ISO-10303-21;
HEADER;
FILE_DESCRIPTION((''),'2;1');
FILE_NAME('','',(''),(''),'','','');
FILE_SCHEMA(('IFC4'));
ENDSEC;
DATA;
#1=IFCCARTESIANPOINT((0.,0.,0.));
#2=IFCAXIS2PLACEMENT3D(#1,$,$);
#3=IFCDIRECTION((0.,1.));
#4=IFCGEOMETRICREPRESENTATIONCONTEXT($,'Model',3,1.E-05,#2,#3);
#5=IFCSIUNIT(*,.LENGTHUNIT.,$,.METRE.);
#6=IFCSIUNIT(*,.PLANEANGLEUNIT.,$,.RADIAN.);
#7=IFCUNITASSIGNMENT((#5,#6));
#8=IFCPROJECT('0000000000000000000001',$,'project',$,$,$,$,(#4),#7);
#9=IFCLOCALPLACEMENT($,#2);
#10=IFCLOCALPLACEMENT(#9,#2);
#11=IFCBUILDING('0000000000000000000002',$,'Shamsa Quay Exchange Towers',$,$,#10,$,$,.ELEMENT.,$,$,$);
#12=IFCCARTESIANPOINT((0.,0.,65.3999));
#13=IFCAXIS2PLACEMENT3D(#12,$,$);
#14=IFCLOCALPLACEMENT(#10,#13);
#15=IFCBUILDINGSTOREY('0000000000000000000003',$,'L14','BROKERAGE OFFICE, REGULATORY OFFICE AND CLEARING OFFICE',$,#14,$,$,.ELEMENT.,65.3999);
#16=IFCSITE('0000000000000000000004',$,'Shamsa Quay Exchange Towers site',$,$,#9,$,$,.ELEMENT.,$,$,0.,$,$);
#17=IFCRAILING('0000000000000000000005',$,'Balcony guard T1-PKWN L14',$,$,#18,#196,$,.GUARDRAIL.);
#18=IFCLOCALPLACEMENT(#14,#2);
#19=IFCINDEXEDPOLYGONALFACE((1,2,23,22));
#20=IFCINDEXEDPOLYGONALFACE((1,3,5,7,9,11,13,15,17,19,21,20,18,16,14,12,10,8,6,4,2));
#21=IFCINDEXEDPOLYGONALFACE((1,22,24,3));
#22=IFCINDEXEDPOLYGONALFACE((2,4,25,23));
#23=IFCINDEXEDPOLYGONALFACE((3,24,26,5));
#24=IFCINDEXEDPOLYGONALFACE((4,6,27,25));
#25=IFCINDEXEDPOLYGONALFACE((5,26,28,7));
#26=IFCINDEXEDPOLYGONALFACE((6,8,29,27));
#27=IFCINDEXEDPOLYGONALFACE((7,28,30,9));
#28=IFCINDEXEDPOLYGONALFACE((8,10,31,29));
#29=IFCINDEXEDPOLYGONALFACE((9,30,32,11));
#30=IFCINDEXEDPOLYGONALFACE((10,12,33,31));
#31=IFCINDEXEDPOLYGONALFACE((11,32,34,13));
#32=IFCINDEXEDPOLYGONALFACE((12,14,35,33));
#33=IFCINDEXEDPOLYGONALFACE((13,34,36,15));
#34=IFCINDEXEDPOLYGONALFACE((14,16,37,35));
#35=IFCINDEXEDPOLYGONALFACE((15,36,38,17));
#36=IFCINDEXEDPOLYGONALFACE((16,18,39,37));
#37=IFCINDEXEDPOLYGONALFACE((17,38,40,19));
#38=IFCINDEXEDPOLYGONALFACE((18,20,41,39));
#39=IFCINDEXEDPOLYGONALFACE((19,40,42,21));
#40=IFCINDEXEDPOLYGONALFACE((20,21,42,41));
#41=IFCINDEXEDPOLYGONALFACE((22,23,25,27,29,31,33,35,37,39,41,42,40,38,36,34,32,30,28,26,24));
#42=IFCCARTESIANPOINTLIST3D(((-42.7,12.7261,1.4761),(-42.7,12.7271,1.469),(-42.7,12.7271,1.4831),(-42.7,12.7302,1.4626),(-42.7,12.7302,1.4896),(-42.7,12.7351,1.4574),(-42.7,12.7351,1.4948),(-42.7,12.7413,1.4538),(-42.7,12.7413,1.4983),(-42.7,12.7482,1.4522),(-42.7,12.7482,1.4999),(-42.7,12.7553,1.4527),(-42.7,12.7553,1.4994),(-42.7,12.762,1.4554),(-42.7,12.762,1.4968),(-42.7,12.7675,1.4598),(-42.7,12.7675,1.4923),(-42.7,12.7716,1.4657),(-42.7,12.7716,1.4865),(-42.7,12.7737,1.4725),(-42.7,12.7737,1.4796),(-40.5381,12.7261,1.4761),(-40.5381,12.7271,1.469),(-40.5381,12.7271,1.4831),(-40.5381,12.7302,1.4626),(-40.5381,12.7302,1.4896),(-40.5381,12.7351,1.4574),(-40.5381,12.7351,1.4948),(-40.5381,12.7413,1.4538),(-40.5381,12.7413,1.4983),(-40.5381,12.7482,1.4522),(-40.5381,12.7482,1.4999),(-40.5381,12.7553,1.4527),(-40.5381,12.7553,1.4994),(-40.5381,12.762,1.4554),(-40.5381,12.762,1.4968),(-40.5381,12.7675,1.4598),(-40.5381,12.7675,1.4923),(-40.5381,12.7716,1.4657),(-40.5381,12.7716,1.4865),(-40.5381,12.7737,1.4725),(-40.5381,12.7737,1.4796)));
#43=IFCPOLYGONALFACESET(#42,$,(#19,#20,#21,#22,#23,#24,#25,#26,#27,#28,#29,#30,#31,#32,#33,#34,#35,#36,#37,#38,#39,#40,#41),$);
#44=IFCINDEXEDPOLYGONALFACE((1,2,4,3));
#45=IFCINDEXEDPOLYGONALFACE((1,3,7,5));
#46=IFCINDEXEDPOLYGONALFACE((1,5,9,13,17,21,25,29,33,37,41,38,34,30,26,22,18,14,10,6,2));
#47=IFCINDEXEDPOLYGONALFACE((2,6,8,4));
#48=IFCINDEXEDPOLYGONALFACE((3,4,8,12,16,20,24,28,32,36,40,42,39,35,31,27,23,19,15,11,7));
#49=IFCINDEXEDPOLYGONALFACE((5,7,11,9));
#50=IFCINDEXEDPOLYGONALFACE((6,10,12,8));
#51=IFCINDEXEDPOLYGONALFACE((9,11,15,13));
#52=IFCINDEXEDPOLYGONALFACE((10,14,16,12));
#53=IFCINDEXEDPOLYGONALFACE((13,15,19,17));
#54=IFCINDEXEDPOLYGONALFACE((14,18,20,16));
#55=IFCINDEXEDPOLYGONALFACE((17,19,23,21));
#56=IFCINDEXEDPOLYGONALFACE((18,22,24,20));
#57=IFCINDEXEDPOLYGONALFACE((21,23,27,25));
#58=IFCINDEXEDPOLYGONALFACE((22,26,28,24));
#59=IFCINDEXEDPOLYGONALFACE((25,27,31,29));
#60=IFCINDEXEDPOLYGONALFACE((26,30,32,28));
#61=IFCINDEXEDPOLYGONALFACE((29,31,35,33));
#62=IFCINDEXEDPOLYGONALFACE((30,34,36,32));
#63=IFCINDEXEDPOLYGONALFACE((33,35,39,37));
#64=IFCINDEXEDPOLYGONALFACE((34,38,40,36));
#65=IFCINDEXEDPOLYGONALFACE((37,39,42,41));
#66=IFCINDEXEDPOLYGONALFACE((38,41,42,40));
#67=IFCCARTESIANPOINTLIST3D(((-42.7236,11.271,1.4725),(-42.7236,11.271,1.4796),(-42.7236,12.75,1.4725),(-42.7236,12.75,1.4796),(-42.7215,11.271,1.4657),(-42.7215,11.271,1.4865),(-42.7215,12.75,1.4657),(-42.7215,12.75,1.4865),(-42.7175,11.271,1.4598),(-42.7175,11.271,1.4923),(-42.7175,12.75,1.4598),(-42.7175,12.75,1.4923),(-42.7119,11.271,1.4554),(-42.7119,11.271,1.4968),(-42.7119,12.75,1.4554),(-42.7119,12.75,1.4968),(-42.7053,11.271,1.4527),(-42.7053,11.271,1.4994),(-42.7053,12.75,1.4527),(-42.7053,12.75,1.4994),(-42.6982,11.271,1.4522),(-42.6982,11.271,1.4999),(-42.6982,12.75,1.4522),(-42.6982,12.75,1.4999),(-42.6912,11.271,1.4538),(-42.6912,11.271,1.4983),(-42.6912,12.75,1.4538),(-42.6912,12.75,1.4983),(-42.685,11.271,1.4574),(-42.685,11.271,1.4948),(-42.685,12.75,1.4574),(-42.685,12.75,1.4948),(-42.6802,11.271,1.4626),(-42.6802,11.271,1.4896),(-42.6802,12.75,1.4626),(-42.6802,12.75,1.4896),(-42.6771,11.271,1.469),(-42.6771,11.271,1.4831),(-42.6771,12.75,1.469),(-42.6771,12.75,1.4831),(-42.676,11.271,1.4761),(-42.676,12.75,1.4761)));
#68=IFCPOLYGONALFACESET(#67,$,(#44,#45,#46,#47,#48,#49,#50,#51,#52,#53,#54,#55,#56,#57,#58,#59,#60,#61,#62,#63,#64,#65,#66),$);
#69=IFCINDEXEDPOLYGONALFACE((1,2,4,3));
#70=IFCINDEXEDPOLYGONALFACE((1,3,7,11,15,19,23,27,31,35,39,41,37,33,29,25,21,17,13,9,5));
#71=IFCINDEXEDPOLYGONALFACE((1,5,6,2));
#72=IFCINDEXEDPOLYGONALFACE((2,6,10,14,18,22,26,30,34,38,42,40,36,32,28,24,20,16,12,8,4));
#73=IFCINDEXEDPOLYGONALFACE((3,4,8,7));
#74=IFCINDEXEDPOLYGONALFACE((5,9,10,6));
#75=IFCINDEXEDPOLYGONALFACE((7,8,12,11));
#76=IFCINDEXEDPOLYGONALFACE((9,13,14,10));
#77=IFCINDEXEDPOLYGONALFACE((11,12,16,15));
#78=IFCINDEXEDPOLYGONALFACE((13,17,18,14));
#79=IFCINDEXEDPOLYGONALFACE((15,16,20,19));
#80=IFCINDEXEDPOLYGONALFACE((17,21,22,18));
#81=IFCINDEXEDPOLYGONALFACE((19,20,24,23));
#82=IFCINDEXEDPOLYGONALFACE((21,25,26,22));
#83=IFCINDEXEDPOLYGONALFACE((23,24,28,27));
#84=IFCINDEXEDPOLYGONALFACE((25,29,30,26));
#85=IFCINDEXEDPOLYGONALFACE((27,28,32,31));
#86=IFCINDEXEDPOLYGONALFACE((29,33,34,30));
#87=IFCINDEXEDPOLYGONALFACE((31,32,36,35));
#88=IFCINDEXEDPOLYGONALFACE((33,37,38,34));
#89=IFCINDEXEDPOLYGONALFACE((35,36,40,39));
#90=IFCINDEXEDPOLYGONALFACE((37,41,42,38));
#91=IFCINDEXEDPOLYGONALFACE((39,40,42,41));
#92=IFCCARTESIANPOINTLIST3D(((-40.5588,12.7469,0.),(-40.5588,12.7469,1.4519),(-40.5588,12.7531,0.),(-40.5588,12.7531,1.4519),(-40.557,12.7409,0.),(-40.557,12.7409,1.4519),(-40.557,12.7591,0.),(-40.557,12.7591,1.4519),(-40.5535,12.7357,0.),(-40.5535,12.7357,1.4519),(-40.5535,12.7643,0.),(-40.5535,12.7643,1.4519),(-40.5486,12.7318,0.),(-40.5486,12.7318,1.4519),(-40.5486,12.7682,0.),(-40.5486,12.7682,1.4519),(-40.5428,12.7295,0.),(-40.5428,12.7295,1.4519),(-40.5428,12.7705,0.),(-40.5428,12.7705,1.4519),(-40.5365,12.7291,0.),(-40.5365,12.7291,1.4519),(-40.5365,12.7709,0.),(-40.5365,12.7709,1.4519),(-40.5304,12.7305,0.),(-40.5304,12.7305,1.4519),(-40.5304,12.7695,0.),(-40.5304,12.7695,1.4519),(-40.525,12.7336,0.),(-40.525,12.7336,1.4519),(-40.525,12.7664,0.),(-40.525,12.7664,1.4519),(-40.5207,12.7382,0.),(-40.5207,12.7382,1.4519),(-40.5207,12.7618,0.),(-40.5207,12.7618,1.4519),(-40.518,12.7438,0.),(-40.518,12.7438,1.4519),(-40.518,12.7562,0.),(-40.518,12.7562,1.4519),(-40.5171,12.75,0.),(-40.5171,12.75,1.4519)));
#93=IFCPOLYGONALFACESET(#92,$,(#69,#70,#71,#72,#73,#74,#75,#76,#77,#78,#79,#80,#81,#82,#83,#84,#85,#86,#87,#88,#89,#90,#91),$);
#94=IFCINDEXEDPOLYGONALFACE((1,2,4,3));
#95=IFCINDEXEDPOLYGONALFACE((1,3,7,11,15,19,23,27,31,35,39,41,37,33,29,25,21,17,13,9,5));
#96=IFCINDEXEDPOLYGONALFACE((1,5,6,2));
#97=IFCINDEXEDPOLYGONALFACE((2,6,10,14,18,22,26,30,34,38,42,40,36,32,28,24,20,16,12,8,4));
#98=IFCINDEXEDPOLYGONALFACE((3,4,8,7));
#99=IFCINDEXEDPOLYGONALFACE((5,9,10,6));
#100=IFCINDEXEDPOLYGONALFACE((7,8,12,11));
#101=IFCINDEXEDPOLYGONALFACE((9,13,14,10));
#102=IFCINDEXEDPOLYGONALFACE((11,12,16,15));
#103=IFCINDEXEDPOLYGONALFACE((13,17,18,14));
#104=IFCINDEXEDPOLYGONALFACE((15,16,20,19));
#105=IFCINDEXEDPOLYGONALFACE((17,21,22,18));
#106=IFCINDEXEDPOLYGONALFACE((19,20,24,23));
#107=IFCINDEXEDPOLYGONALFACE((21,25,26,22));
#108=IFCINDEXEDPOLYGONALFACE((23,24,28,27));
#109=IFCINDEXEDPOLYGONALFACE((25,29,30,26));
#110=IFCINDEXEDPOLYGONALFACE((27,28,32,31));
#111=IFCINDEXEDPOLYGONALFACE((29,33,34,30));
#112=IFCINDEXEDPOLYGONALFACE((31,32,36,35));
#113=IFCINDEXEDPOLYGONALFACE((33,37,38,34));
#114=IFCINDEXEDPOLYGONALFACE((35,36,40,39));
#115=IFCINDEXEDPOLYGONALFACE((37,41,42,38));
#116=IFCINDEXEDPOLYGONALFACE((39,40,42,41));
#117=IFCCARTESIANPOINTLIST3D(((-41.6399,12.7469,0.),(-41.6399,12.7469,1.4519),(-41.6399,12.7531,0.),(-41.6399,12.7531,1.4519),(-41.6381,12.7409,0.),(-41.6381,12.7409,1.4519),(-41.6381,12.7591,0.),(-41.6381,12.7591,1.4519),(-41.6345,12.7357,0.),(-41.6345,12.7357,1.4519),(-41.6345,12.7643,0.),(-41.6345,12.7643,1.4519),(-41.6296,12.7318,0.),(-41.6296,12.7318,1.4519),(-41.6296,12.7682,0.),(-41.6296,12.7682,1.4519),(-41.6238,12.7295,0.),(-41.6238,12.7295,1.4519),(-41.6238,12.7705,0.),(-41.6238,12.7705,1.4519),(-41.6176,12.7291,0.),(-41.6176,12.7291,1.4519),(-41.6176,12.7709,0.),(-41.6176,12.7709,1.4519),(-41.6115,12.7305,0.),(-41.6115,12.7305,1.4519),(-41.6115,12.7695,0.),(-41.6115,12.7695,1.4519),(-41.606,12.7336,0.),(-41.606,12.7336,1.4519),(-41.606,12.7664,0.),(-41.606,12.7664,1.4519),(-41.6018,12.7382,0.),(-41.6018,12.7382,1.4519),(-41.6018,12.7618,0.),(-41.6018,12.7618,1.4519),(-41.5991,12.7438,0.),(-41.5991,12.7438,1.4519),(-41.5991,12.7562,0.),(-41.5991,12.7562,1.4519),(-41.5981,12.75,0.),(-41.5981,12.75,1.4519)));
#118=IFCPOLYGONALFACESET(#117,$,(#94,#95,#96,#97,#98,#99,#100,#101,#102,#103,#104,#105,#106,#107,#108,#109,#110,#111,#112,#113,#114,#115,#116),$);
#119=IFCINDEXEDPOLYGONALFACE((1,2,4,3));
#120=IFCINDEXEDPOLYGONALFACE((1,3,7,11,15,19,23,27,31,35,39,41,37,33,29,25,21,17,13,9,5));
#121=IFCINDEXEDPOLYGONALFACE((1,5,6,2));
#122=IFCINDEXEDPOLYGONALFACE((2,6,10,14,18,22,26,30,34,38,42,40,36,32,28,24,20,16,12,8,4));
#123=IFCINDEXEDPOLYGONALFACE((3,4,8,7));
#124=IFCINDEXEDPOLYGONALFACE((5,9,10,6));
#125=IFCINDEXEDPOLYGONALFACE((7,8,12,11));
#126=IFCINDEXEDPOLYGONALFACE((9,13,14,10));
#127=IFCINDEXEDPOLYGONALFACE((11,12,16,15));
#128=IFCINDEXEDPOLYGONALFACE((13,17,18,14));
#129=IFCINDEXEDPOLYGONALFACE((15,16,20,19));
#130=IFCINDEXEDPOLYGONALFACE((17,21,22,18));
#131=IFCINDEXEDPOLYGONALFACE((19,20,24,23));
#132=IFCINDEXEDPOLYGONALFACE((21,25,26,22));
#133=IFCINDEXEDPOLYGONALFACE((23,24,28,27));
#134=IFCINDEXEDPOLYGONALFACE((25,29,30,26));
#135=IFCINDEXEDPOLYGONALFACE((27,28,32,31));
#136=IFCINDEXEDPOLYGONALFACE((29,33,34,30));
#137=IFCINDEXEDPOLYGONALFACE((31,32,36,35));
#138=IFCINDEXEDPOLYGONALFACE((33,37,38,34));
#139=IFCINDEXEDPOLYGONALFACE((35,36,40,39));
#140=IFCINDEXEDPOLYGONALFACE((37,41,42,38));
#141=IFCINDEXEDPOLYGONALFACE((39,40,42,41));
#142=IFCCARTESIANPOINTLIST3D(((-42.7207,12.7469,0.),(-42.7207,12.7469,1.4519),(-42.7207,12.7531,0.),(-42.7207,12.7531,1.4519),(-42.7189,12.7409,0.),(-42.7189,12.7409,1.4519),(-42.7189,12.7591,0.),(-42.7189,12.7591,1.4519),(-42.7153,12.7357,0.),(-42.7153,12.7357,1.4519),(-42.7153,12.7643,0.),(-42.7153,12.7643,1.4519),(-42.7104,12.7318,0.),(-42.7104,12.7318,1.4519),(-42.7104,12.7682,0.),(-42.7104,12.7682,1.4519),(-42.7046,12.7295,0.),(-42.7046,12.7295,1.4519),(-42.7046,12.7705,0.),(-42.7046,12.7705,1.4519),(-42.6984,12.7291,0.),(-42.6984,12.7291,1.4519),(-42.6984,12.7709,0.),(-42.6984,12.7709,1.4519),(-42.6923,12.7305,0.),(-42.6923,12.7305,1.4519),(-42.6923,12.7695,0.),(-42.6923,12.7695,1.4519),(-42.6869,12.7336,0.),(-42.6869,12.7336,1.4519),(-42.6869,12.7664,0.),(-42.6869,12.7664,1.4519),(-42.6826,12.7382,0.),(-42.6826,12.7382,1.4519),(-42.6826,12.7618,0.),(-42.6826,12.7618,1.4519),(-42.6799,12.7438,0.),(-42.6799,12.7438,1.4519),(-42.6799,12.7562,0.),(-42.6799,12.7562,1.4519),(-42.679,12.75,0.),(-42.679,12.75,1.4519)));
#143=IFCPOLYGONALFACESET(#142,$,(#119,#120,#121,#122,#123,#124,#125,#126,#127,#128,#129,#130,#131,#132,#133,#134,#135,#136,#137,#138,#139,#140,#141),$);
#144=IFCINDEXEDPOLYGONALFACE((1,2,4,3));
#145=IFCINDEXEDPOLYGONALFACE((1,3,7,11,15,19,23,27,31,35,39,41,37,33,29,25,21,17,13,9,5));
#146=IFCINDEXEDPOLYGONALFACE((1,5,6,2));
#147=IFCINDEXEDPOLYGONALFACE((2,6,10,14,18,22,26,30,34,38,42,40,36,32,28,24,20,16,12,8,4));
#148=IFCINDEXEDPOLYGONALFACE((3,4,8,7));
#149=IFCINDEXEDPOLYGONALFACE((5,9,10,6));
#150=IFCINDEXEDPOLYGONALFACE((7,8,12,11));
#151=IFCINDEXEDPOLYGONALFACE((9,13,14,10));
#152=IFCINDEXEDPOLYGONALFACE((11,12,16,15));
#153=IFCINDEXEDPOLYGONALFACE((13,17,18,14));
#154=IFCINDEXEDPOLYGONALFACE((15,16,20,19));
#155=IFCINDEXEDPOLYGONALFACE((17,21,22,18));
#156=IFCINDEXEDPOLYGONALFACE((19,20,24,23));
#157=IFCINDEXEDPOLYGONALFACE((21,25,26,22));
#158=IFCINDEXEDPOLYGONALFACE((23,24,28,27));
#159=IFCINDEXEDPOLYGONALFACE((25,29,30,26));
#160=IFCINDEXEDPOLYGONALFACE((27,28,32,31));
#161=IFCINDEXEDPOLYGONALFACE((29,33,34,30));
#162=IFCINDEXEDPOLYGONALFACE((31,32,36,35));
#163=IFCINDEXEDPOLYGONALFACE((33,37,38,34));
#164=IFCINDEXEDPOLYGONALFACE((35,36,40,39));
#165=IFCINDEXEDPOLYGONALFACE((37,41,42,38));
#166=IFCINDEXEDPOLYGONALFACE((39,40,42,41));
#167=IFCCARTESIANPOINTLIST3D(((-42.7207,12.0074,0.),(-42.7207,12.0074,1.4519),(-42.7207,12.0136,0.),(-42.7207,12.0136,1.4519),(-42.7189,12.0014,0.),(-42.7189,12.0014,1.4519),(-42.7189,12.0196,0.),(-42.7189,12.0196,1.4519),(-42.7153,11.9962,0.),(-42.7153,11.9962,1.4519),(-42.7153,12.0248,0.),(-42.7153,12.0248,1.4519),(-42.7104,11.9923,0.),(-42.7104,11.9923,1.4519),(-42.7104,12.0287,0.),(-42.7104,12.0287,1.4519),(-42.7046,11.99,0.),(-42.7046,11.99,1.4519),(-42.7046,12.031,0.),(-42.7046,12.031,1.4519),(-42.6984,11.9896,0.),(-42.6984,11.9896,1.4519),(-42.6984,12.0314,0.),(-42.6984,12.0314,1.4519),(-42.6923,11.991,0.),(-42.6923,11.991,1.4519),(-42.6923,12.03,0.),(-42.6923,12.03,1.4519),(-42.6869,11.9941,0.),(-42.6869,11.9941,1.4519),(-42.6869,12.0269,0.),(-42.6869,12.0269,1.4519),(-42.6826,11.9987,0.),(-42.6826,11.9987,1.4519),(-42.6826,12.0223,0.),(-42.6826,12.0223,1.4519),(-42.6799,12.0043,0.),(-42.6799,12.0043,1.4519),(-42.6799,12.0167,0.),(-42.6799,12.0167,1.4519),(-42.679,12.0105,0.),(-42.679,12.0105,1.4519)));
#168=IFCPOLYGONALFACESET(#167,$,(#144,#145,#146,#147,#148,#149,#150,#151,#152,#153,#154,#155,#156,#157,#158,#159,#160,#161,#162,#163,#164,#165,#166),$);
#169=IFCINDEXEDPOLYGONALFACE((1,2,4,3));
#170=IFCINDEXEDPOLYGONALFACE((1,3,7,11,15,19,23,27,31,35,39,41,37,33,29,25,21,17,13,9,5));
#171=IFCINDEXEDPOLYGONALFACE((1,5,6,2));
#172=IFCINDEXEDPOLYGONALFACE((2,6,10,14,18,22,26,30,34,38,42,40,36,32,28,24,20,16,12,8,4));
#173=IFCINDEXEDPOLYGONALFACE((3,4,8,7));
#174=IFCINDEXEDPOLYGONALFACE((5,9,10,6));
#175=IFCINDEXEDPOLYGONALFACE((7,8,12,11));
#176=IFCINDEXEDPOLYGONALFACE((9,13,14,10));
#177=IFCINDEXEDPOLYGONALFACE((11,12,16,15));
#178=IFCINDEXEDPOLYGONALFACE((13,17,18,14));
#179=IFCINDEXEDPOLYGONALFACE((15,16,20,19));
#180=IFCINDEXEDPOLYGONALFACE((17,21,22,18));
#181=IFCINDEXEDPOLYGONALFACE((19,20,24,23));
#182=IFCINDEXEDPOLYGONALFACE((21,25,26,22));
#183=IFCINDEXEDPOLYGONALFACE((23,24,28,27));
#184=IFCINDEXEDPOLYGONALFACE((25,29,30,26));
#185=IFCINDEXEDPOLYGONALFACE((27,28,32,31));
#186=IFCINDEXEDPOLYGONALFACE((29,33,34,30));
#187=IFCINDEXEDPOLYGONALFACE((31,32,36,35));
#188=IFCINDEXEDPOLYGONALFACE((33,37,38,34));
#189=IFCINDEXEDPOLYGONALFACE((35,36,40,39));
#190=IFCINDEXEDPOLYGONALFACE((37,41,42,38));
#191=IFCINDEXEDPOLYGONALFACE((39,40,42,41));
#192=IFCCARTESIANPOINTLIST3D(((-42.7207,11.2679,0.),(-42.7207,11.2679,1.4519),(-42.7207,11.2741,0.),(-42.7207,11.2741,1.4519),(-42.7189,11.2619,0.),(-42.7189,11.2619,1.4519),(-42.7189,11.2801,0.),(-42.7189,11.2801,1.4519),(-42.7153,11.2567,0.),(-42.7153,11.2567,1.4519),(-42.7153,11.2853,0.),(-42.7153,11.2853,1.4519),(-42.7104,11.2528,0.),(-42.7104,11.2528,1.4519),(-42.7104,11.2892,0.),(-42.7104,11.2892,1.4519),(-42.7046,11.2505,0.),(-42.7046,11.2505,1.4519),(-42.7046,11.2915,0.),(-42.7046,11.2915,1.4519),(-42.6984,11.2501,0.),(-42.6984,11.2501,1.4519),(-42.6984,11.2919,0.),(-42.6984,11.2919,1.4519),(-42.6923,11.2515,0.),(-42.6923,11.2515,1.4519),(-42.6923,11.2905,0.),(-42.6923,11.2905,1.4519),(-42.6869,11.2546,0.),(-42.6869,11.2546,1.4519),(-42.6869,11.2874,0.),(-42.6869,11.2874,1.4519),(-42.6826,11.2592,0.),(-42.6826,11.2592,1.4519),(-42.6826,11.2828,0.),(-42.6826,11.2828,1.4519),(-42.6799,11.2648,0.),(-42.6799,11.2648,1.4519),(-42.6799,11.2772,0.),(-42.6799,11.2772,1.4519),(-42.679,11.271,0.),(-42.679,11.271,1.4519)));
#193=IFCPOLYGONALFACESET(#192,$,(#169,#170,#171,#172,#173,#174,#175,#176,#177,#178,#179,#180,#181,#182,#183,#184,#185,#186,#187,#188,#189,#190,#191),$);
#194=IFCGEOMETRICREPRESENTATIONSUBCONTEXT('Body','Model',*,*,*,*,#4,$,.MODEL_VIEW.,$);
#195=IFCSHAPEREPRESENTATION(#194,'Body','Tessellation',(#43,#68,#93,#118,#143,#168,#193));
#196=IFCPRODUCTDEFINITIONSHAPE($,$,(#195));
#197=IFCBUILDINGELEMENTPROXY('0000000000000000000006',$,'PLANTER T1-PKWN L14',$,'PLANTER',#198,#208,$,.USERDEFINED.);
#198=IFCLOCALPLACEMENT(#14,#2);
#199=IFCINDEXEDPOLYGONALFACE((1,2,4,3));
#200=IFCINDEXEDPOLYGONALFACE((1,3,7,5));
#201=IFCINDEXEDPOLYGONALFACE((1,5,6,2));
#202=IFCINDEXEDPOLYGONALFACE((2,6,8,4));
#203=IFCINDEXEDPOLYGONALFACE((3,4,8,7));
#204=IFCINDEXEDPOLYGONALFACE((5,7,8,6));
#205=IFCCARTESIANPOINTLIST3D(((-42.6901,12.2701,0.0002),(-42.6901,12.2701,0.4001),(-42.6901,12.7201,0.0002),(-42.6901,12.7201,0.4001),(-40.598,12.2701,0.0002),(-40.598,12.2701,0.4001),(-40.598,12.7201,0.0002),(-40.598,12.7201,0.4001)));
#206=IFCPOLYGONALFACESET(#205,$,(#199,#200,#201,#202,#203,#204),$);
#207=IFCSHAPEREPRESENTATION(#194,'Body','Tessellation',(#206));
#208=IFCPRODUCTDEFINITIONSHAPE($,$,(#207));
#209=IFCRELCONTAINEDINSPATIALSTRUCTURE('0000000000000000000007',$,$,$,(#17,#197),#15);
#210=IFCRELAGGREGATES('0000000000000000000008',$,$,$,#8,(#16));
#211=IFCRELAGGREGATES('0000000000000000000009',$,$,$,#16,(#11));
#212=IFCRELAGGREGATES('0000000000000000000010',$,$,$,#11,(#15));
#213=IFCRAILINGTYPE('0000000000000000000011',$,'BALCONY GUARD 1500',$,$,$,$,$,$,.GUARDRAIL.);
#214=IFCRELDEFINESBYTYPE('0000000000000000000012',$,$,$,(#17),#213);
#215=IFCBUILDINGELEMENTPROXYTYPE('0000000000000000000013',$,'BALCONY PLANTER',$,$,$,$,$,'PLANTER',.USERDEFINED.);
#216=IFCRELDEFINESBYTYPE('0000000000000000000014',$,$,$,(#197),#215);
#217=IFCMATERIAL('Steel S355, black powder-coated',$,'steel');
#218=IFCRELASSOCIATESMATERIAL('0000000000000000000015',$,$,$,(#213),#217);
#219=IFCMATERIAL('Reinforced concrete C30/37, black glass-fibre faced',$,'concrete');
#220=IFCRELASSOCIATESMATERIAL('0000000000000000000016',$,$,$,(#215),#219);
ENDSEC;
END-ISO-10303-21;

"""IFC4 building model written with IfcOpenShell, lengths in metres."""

from ifc_helpers import new_model, si_unit, direction, frame, origin, origin_2d, place, context, subcontext, project, spatial, rectangle, circle, extrude, material, type_object, element, save


model = new_model("IFC4")

# Units and contexts
model_context = context("Model", 3, precision=1e-05, world=origin(), true_north=direction((0.0, 1.0)))
body_context = subcontext(model_context, "Body", "Model", "MODEL_VIEW")
ifc_project = project(units=[si_unit("LENGTHUNIT", "METRE"), si_unit("PLANEANGLEUNIT", "RADIAN")], contexts=[model_context])

# Site, building, storey
site_placement = place(None, origin())
site = spatial("IfcSite", under=ifc_project, at=site_placement, Name="Shamsa Quay Exchange Towers site", CompositionType="ELEMENT", RefElevation=0.0)
building_placement = place(site_placement, origin())
building = spatial("IfcBuilding", under=site, at=building_placement, Name="Shamsa Quay Exchange Towers", CompositionType="ELEMENT")
storey_placement = place(building_placement, frame((0.0, 0.0, 65.3999)))
storey = spatial("IfcBuildingStorey", under=building, at=storey_placement, Name="L14", Description="BROKERAGE OFFICE, REGULATORY OFFICE AND CLEARING OFFICE", CompositionType="ELEMENT", Elevation=65.3999)

# Railing
ifc_material_1 = material(Name="Steel S355, black powder-coated", Category="steel")
railing_type_1 = type_object("IfcRailingType", Name="BALCONY GUARD 1500", PredefinedType="GUARDRAIL", material=ifc_material_1)
railing_1_placement = place(storey_placement, frame((-40.5381, 12.75, 0.0)))
element("IfcRailing", 1, at=railing_1_placement, inside=storey, type_object=railing_type_1, Name="Balcony guard T1-PKWN L14", PredefinedType="GUARDRAIL", context=body_context, shape_type="SweptSolid", body=[
    extrude(circle(Radius=0.0239, at=origin_2d()), frame((0.0, 0.0, 1.4761), z_axis=(-1.0, 0.0, 0.0), x_axis=(0.0, -1.0, 0.0)), (0.0, 0.0, 1.0), 2.1619),
    extrude(circle(Radius=0.0239, at=origin_2d()), frame((-2.1619, 0.0, 1.4761), z_axis=(0.0, -1.0, 0.0), x_axis=(1.0, 0.0, 0.0)), (0.0, 0.0, 1.0), 1.479),
    extrude(circle(Radius=0.021, at=origin_2d()), origin(), (0.0, 0.0, 1.0), 1.4519),
    extrude(circle(Radius=0.021, at=origin_2d()), frame((-1.0811, 0.0, 0.0)), (0.0, 0.0, 1.0), 1.4519),
    extrude(circle(Radius=0.021, at=origin_2d()), frame((-2.1619, 0.0, 0.0)), (0.0, 0.0, 1.0), 1.4519),
    extrude(circle(Radius=0.021, at=origin_2d()), frame((-2.1619, -0.7395, 0.0)), (0.0, 0.0, 1.0), 1.4519),
    extrude(circle(Radius=0.021, at=origin_2d()), frame((-2.1619, -1.479, 0.0)), (0.0, 0.0, 1.0), 1.4519),
])

# Building element proxy
ifc_material_2 = material(Name="Reinforced concrete C30/37, black glass-fibre faced", Category="concrete")
building_element_proxy_type = type_object("IfcBuildingElementProxyType", Name="BALCONY PLANTER", ElementType="PLANTER", PredefinedType="USERDEFINED", material=ifc_material_2)
proxy_placement = place(storey_placement, frame((-41.644, 12.4951, 0.0002), z_axis=(0.0, 0.0, 1.0), x_axis=(-1.0, 0.0, 0.0)))
element("IfcBuildingElementProxy", 2, at=proxy_placement, inside=storey, type_object=building_element_proxy_type, Name="PLANTER T1-PKWN L14", ObjectType="PLANTER", PredefinedType="USERDEFINED", context=body_context, shape_type="SweptSolid", body=[
    extrude(rectangle(XDim=2.092, YDim=0.45, at=origin_2d()), origin(), (0.0, 0.0, 1.0), 0.3999),
])

save(model, "model.ifc")
